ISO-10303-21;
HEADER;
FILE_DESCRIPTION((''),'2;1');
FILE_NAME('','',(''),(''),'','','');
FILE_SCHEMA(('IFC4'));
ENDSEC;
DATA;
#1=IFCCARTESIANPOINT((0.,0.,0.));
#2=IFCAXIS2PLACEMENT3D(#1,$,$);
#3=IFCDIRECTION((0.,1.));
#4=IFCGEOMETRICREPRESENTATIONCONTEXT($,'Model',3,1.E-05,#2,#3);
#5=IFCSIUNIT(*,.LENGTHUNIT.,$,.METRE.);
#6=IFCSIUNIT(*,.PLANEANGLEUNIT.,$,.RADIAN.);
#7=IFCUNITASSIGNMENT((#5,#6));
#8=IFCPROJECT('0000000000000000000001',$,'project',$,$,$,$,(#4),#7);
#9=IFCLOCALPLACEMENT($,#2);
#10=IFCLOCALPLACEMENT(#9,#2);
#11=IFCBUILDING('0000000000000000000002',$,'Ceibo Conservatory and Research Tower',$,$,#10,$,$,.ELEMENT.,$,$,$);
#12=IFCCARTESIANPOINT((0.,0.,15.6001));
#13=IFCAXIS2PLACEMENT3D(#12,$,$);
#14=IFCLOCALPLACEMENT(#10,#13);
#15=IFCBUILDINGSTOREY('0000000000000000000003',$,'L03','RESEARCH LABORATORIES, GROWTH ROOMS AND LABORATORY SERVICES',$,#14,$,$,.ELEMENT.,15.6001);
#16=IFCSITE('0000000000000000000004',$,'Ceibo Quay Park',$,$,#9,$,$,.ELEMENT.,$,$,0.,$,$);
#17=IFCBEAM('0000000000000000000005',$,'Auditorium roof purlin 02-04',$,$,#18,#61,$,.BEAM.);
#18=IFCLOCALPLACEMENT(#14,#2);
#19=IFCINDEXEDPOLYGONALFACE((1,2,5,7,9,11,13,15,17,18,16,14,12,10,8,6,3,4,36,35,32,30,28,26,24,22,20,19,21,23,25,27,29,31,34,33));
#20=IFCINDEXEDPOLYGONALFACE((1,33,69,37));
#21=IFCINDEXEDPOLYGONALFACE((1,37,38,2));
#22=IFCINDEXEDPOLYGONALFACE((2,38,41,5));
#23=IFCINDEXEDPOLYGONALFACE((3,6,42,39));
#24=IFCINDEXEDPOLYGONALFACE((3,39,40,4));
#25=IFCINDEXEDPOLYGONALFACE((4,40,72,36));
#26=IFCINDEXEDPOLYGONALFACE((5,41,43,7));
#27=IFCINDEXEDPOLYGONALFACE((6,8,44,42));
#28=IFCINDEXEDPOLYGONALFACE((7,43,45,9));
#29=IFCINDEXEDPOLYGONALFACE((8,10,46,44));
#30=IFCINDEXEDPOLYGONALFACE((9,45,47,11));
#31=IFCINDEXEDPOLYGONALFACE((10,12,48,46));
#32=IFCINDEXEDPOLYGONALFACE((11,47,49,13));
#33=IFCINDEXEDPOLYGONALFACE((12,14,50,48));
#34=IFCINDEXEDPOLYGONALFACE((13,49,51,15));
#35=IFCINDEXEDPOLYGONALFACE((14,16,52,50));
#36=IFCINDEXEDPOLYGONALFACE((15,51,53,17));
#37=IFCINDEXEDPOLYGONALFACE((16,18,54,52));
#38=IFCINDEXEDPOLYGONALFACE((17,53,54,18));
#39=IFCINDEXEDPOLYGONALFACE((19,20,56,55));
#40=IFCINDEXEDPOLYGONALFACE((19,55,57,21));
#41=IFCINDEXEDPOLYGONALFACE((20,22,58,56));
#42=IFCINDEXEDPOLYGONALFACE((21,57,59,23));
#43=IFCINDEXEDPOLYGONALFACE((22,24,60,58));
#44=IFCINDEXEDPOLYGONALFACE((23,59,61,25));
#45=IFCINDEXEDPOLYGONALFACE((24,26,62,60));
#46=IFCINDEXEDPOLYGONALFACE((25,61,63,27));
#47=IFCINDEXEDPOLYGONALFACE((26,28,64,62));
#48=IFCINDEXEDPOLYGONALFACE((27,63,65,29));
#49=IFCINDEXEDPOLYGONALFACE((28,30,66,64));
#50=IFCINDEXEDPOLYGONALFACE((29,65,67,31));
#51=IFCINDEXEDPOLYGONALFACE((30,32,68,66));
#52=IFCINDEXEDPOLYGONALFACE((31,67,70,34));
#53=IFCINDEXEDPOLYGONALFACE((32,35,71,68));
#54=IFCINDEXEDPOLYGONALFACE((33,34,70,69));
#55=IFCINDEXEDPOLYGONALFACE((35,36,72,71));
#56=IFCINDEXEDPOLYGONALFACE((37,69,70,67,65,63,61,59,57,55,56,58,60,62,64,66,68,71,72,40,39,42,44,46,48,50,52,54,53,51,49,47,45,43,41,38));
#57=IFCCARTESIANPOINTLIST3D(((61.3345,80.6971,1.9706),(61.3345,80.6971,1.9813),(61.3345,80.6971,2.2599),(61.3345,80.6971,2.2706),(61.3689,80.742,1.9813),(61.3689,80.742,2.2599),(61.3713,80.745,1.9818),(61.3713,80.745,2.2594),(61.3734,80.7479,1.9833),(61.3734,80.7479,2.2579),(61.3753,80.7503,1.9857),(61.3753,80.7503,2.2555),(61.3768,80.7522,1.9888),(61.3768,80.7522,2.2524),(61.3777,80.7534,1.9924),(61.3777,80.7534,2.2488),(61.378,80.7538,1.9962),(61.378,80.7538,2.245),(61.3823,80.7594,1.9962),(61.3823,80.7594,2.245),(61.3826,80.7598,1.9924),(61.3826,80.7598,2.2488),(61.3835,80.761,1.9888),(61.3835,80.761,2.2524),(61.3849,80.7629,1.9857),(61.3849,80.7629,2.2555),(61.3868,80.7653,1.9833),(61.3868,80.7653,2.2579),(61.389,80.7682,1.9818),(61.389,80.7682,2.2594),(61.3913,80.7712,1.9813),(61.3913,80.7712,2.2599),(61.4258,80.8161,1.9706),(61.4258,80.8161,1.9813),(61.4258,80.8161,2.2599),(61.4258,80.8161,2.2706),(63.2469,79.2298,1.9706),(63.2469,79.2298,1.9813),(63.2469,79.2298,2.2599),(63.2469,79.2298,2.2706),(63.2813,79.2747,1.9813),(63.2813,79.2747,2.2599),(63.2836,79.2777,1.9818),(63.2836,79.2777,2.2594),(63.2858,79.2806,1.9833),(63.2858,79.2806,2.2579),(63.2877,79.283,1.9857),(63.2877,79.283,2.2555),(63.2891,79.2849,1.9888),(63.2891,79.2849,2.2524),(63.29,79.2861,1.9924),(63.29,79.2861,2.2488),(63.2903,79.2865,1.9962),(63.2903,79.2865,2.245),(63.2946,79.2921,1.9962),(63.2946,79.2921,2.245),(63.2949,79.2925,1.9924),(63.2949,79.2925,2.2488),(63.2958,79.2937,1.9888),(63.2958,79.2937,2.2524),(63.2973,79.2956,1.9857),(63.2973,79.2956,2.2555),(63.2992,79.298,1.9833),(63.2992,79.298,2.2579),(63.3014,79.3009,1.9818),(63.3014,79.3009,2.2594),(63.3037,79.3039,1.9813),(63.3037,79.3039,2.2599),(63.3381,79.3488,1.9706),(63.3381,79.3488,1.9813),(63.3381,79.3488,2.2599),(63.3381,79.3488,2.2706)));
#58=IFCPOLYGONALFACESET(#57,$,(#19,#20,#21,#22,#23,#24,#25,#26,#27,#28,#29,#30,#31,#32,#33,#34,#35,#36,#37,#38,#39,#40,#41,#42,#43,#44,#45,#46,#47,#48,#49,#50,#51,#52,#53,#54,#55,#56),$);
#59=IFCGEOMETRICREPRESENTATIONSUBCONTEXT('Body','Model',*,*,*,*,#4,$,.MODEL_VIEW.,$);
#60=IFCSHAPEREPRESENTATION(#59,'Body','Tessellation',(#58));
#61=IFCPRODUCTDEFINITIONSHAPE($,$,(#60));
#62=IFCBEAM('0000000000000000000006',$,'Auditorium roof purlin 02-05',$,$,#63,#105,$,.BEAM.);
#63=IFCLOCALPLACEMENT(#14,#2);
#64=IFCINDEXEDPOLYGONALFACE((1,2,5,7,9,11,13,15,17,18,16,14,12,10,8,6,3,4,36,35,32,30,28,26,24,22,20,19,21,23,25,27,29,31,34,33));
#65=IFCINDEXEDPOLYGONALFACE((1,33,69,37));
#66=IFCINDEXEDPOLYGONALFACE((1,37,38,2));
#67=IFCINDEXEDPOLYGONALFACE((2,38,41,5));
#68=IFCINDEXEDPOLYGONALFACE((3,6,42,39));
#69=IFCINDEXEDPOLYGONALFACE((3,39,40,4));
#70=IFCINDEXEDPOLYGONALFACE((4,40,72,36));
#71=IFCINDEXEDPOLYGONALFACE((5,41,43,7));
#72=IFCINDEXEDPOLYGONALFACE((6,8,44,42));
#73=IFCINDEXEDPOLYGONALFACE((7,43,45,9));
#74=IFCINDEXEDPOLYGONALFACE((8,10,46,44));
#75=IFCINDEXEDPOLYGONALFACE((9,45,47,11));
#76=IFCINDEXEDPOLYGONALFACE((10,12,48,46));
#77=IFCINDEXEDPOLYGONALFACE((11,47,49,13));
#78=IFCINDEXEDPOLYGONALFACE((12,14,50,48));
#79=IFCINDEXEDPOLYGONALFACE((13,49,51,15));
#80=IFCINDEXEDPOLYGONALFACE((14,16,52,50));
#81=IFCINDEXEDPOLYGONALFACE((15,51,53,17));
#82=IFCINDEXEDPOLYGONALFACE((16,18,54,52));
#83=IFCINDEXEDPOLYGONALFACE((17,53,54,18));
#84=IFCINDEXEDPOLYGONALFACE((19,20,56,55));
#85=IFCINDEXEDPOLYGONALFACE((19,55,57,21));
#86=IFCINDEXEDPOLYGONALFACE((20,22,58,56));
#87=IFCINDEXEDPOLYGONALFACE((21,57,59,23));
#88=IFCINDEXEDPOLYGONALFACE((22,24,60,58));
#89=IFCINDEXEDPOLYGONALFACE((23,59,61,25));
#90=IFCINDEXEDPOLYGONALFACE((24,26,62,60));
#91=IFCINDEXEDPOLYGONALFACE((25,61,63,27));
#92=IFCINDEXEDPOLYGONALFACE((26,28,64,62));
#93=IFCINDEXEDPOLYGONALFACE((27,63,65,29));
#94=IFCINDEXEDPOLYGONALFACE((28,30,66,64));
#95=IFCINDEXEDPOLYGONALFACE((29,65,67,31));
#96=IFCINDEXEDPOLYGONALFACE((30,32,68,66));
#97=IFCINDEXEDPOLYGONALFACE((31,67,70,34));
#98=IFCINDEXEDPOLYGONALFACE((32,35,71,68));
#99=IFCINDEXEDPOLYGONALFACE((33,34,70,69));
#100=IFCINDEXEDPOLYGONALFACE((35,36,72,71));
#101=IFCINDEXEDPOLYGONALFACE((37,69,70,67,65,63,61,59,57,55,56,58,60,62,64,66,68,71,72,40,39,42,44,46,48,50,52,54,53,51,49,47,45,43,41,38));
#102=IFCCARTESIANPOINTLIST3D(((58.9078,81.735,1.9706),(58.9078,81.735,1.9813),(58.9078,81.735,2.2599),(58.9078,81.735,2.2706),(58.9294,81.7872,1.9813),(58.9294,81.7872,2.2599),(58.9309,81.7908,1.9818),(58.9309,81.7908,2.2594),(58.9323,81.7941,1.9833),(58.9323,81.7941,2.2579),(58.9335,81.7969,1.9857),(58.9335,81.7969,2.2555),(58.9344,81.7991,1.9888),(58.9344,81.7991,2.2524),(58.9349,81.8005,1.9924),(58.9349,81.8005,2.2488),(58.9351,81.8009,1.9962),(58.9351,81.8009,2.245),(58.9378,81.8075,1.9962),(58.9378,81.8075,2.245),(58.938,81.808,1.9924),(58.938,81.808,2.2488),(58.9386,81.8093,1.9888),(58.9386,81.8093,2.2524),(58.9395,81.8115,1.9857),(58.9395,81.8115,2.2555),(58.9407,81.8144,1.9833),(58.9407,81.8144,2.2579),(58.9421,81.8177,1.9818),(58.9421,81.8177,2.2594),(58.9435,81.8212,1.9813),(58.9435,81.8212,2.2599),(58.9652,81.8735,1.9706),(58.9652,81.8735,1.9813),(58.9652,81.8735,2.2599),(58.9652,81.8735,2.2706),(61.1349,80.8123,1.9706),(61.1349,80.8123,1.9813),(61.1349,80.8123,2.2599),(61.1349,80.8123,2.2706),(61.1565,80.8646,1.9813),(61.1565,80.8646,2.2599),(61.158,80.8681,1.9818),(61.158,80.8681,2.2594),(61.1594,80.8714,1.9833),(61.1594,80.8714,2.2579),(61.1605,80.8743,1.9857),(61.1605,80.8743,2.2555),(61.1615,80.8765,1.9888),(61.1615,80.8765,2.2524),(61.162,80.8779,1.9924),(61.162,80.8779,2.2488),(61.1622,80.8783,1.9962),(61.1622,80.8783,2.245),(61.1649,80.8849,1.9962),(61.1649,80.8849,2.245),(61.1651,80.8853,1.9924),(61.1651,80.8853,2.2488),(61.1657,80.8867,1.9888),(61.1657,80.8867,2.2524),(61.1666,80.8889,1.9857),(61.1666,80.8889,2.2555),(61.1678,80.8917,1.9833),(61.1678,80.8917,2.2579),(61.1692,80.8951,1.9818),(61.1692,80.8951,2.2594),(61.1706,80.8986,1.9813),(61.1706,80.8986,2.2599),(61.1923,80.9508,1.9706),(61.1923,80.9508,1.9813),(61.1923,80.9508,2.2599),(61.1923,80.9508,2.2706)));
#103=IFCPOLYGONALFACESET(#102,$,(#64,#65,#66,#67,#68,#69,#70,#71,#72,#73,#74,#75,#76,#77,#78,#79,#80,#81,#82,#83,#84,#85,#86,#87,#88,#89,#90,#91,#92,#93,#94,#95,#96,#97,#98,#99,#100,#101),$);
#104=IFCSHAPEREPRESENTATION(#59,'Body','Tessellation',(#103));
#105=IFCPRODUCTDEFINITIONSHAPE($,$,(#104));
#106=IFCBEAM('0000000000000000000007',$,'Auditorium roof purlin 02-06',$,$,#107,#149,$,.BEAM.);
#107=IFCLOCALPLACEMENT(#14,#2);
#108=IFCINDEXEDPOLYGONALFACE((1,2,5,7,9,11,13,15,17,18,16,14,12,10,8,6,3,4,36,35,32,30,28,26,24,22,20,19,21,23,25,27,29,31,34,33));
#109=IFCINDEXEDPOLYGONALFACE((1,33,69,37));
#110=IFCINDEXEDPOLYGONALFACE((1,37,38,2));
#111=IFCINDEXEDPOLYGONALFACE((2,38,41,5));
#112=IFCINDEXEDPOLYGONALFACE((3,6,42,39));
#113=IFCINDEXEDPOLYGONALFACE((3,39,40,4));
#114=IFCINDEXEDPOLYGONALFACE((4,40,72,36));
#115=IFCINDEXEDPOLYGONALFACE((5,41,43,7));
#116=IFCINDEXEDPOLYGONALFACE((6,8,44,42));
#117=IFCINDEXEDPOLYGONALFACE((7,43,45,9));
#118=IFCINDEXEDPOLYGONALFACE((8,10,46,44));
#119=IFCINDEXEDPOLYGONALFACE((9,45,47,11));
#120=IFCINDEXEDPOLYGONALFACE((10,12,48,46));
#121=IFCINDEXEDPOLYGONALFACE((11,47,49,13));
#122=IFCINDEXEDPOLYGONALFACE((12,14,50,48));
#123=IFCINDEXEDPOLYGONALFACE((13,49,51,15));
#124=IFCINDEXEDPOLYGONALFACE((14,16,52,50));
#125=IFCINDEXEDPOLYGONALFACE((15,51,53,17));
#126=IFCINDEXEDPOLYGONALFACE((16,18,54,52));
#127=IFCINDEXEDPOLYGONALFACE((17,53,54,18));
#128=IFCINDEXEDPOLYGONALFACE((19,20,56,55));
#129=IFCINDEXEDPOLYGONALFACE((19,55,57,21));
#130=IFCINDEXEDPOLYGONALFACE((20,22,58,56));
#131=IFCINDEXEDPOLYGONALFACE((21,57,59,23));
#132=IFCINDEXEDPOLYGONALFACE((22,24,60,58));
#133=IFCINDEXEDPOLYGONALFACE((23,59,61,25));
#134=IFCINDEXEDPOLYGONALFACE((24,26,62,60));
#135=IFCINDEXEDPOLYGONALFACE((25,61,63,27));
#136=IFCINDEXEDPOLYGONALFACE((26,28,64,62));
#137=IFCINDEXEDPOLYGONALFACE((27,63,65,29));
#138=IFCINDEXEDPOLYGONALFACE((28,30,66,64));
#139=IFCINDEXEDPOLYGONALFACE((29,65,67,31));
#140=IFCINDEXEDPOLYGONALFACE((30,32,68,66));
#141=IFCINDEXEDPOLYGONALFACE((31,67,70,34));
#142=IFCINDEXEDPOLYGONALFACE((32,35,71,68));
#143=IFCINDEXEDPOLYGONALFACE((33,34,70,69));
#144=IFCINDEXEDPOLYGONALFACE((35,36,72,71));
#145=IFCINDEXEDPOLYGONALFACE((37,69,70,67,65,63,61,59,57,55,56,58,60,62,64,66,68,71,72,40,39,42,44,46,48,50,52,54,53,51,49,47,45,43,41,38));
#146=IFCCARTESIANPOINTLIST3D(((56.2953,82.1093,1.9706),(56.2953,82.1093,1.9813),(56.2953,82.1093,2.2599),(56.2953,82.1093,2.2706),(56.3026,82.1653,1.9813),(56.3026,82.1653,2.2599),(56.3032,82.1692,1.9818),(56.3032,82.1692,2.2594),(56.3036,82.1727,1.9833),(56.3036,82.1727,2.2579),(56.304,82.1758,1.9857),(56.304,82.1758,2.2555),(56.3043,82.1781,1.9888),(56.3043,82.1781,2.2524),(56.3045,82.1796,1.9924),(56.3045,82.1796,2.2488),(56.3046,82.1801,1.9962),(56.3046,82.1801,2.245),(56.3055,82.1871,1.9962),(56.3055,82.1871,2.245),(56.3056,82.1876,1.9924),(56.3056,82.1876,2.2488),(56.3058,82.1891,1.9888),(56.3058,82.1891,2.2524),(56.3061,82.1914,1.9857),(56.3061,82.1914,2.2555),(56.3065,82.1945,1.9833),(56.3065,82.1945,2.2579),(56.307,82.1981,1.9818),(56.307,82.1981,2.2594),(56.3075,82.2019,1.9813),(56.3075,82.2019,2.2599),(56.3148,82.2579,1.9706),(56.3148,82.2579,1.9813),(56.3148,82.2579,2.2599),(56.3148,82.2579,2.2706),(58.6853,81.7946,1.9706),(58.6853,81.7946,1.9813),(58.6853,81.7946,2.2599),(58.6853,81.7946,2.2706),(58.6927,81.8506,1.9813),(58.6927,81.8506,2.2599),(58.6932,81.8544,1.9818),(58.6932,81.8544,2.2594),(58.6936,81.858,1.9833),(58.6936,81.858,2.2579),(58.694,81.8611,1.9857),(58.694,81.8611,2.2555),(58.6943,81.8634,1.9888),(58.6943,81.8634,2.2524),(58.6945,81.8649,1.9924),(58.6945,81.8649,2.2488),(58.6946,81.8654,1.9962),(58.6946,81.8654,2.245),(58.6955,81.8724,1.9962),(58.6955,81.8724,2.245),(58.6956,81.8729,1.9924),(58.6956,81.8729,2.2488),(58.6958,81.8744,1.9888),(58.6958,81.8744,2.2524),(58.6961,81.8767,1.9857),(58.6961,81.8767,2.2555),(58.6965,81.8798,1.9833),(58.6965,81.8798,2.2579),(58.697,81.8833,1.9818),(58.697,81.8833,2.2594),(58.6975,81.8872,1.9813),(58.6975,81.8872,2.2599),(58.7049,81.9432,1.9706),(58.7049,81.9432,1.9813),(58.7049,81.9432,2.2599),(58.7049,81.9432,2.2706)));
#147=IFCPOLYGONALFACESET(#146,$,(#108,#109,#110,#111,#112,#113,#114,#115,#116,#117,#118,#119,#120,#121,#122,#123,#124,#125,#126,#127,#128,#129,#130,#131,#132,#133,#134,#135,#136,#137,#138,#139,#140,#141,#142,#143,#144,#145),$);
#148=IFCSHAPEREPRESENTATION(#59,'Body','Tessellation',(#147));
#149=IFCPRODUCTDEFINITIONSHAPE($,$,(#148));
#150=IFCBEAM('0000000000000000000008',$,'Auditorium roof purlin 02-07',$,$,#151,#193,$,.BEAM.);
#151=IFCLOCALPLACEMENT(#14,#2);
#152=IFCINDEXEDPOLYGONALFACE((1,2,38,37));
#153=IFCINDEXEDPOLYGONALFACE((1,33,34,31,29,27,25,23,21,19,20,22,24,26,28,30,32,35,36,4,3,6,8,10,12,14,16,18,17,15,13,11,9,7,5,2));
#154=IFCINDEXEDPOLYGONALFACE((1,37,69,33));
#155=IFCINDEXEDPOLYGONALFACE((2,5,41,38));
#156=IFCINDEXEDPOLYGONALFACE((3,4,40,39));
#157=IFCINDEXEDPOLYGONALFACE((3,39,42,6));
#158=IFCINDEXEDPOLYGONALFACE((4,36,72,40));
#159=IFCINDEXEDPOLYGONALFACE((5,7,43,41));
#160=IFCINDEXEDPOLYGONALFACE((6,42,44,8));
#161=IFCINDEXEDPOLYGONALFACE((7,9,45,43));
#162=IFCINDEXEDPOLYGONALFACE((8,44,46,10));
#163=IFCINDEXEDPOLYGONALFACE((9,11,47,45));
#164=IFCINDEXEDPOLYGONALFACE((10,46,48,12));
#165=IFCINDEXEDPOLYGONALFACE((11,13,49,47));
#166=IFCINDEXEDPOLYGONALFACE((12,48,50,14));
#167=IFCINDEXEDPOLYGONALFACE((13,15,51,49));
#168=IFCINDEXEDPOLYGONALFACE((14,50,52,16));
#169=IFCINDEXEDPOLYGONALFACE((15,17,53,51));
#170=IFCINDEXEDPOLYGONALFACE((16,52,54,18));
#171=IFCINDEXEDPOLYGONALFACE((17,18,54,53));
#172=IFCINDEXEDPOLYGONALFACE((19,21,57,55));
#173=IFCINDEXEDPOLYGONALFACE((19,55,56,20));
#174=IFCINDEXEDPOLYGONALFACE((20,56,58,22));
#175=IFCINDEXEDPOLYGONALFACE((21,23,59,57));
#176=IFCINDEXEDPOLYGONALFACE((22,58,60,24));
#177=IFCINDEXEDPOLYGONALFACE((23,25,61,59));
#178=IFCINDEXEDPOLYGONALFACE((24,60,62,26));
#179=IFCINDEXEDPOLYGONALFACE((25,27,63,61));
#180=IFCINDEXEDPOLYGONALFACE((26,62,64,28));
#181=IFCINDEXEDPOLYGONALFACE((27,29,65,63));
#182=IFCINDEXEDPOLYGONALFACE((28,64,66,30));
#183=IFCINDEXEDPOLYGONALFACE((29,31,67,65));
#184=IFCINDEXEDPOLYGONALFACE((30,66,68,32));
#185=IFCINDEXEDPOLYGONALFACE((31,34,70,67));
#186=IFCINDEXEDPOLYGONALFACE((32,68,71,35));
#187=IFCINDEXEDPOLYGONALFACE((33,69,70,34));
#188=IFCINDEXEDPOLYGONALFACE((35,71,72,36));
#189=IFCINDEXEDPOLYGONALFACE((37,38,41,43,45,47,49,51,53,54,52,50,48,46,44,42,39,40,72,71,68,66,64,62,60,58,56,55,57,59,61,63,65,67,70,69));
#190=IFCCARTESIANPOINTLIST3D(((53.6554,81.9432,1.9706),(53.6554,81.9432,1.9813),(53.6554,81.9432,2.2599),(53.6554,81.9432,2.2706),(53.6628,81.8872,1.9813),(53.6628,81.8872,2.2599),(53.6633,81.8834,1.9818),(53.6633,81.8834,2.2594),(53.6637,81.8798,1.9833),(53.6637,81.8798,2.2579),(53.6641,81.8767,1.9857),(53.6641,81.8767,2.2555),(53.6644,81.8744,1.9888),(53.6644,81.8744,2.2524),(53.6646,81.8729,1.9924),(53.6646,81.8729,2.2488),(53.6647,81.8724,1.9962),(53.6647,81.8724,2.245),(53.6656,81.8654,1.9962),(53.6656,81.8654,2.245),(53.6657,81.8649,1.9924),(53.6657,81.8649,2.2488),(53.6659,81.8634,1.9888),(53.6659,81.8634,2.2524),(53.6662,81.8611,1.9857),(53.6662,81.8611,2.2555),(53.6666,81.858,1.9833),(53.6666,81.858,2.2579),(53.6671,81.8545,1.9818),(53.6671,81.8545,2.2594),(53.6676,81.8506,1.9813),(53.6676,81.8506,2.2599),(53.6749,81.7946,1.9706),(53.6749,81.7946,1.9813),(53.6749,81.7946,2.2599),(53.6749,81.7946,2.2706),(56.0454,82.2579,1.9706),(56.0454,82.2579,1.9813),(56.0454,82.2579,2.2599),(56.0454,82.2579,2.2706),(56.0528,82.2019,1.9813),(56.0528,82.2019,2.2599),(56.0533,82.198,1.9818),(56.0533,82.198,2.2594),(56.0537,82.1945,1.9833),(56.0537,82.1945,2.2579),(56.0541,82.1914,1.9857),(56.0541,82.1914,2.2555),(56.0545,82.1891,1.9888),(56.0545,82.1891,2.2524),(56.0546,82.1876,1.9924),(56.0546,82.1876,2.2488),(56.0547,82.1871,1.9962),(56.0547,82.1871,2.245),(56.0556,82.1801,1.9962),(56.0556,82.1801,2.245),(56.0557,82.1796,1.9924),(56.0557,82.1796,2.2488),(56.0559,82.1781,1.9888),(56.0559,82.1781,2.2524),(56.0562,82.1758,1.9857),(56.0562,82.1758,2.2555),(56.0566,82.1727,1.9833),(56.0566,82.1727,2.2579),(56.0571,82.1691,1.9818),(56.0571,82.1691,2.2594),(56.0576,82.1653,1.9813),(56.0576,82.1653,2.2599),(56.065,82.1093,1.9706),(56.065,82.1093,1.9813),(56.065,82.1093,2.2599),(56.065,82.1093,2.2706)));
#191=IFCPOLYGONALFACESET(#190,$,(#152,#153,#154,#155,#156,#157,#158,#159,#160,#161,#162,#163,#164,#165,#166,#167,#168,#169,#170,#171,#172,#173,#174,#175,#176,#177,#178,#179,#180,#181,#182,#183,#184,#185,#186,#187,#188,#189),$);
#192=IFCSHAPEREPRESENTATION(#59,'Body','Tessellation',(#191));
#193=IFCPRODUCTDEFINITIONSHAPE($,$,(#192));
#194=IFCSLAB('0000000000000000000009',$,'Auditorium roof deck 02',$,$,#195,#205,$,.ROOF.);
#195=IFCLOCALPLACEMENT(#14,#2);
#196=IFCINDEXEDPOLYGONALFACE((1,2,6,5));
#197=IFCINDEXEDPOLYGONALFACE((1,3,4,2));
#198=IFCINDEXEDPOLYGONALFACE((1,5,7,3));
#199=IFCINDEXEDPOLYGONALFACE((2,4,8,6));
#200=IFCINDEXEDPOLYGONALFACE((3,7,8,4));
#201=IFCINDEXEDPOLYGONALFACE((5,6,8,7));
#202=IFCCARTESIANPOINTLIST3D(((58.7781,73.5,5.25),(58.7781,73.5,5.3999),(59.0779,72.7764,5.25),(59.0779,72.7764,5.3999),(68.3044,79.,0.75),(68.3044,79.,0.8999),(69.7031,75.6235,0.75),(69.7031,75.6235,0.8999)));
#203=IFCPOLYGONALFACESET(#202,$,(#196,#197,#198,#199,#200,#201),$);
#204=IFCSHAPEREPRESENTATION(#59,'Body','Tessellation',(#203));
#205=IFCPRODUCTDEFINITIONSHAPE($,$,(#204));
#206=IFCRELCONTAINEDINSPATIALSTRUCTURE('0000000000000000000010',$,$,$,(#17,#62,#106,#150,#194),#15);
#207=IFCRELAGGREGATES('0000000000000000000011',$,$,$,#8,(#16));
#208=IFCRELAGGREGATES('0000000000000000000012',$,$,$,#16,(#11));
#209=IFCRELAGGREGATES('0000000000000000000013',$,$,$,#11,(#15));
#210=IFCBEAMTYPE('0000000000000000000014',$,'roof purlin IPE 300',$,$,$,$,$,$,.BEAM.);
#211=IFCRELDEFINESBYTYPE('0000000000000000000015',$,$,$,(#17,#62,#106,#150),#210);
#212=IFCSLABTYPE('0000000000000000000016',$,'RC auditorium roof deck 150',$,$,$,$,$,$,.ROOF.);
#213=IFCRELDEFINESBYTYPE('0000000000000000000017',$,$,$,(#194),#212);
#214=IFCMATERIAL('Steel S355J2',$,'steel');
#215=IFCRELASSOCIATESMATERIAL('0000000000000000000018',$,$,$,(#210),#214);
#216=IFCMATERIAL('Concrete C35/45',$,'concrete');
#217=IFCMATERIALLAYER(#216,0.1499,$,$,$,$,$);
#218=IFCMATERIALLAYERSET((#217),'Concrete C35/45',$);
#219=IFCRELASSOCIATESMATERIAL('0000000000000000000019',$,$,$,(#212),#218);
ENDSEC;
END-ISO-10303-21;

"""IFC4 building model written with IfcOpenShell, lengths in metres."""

from ifc_helpers import new_model, si_unit, direction, frame, origin, origin_2d, place, context, subcontext, project, spatial, polyline, i_section, outline, extrude, material, layer, layer_set, material_profile, profile_set, type_object, element, save


model = new_model("IFC4")

# Units and contexts
model_context = context("Model", 3, precision=1e-05, world=origin(), true_north=direction((0.0, 1.0)))
body_context = subcontext(model_context, "Body", "Model", "MODEL_VIEW")
ifc_project = project(units=[si_unit("LENGTHUNIT", "METRE"), si_unit("PLANEANGLEUNIT", "RADIAN")], contexts=[model_context])

# Site, building, storey
site_placement = place(None, origin())
site = spatial("IfcSite", under=ifc_project, at=site_placement, Name="Ceibo Quay Park", CompositionType="ELEMENT", RefElevation=0.0)
building_placement = place(site_placement, origin())
building = spatial("IfcBuilding", under=site, at=building_placement, Name="Ceibo Conservatory and Research Tower", CompositionType="ELEMENT")
storey_placement = place(building_placement, frame((0.0, 0.0, 15.6001)))
storey = spatial("IfcBuildingStorey", under=building, at=storey_placement, Name="L03", Description="RESEARCH LABORATORIES, GROWTH ROOMS AND LABORATORY SERVICES", CompositionType="ELEMENT", Elevation=15.6001)

# Beams
ifc_material_1 = material(Name="Concrete C35/45", Category="concrete")
ifc_material_2 = material(Name="Steel S355J2", Category="steel")
ifc_material_profile_1 = material_profile(ifc_material_2, i_section(OverallWidth=0.1499, OverallDepth=0.3, WebThickness=0.0071, FlangeThickness=0.0107, FilletRadius=0.0149, at=origin_2d()), Name="IPE 300")
ifc_profile_set_1 = profile_set([ifc_material_profile_1], Name="Steel S355J2")
beam_type_1 = type_object("IfcBeamType", Name="roof purlin IPE 300", PredefinedType="BEAM", material=ifc_profile_set_1)
beam_1_placement = place(storey_placement, frame((63.2925, 79.2893, 2.1206), z_axis=(-0.793376, 0.608731, 0.0), x_axis=(-0.608731, -0.793376, 0.0)))
element("IfcBeam", 1, at=beam_1_placement, inside=storey, type_object=beam_type_1, Name="Auditorium roof purlin 02-04", PredefinedType="BEAM", context=body_context, shape_type="SweptSolid", body=[
    extrude(i_section(OverallWidth=0.1499, OverallDepth=0.3, WebThickness=0.0071, FlangeThickness=0.0107, FilletRadius=0.0149, at=origin_2d()), origin(), (0.0, 0.0, 1.0), 2.4104),
])
for number, where, z_axis, x_axis, name in (
    (2, (61.1636, 80.8816, 2.1206), (-0.92386, 0.38273, 0.0), (-0.38273, -0.92386, 0.0), "Auditorium roof purlin 02-05"),
    (3, (58.6951, 81.8689, 2.1206), (-0.991442, 0.130551, 0.0), (-0.130551, -0.991442, 0.0), "Auditorium roof purlin 02-06"),
    (4, (56.0552, 82.1836, 2.1206), (-0.991443, -0.130538, 0.0), (0.130538, -0.991443, 0.0), "Auditorium roof purlin 02-07"),
):
    element("IfcBeam", number, at=place(storey_placement, frame(where, z_axis=z_axis, x_axis=x_axis)), inside=storey, type_object=beam_type_1, Name=name, PredefinedType="BEAM", context=body_context, shape_type="SweptSolid", body=[
        extrude(i_section(OverallWidth=0.1499, OverallDepth=0.3, WebThickness=0.0071, FlangeThickness=0.0107, FilletRadius=0.0149, at=origin_2d()), origin(), (0.0, 0.0, 1.0), 2.4106),
    ])

# Slab
ifc_layer_1 = layer(ifc_material_1, 0.1499)
ifc_layer_set_1 = layer_set([ifc_layer_1], Name="Concrete C35/45")
slab_type = type_object("IfcSlabType", Name="RC auditorium roof deck 150", PredefinedType="ROOF", material=ifc_layer_set_1)
slab_1_placement = place(storey_placement, frame((69.7031, 75.6235, 0.8999), z_axis=(0.352384, 0.145977, 0.9244), x_axis=(-0.382709, 0.923869, -0.000003)))
element("IfcSlab", 5, at=slab_1_placement, inside=storey, type_object=slab_type, Name="Auditorium roof deck 02", PredefinedType="ROOF", context=body_context, shape_type="SweptSolid", body=[
    extrude(outline(polyline([(0.0, 0.0), (3.6547, 0.0), (2.2192, 11.7979), (1.436, 11.7979), (0.0, 0.0)])), origin(), (0.000003, -0.381424, -0.9244), 0.1499),
])

save(model, "model.ifc")
